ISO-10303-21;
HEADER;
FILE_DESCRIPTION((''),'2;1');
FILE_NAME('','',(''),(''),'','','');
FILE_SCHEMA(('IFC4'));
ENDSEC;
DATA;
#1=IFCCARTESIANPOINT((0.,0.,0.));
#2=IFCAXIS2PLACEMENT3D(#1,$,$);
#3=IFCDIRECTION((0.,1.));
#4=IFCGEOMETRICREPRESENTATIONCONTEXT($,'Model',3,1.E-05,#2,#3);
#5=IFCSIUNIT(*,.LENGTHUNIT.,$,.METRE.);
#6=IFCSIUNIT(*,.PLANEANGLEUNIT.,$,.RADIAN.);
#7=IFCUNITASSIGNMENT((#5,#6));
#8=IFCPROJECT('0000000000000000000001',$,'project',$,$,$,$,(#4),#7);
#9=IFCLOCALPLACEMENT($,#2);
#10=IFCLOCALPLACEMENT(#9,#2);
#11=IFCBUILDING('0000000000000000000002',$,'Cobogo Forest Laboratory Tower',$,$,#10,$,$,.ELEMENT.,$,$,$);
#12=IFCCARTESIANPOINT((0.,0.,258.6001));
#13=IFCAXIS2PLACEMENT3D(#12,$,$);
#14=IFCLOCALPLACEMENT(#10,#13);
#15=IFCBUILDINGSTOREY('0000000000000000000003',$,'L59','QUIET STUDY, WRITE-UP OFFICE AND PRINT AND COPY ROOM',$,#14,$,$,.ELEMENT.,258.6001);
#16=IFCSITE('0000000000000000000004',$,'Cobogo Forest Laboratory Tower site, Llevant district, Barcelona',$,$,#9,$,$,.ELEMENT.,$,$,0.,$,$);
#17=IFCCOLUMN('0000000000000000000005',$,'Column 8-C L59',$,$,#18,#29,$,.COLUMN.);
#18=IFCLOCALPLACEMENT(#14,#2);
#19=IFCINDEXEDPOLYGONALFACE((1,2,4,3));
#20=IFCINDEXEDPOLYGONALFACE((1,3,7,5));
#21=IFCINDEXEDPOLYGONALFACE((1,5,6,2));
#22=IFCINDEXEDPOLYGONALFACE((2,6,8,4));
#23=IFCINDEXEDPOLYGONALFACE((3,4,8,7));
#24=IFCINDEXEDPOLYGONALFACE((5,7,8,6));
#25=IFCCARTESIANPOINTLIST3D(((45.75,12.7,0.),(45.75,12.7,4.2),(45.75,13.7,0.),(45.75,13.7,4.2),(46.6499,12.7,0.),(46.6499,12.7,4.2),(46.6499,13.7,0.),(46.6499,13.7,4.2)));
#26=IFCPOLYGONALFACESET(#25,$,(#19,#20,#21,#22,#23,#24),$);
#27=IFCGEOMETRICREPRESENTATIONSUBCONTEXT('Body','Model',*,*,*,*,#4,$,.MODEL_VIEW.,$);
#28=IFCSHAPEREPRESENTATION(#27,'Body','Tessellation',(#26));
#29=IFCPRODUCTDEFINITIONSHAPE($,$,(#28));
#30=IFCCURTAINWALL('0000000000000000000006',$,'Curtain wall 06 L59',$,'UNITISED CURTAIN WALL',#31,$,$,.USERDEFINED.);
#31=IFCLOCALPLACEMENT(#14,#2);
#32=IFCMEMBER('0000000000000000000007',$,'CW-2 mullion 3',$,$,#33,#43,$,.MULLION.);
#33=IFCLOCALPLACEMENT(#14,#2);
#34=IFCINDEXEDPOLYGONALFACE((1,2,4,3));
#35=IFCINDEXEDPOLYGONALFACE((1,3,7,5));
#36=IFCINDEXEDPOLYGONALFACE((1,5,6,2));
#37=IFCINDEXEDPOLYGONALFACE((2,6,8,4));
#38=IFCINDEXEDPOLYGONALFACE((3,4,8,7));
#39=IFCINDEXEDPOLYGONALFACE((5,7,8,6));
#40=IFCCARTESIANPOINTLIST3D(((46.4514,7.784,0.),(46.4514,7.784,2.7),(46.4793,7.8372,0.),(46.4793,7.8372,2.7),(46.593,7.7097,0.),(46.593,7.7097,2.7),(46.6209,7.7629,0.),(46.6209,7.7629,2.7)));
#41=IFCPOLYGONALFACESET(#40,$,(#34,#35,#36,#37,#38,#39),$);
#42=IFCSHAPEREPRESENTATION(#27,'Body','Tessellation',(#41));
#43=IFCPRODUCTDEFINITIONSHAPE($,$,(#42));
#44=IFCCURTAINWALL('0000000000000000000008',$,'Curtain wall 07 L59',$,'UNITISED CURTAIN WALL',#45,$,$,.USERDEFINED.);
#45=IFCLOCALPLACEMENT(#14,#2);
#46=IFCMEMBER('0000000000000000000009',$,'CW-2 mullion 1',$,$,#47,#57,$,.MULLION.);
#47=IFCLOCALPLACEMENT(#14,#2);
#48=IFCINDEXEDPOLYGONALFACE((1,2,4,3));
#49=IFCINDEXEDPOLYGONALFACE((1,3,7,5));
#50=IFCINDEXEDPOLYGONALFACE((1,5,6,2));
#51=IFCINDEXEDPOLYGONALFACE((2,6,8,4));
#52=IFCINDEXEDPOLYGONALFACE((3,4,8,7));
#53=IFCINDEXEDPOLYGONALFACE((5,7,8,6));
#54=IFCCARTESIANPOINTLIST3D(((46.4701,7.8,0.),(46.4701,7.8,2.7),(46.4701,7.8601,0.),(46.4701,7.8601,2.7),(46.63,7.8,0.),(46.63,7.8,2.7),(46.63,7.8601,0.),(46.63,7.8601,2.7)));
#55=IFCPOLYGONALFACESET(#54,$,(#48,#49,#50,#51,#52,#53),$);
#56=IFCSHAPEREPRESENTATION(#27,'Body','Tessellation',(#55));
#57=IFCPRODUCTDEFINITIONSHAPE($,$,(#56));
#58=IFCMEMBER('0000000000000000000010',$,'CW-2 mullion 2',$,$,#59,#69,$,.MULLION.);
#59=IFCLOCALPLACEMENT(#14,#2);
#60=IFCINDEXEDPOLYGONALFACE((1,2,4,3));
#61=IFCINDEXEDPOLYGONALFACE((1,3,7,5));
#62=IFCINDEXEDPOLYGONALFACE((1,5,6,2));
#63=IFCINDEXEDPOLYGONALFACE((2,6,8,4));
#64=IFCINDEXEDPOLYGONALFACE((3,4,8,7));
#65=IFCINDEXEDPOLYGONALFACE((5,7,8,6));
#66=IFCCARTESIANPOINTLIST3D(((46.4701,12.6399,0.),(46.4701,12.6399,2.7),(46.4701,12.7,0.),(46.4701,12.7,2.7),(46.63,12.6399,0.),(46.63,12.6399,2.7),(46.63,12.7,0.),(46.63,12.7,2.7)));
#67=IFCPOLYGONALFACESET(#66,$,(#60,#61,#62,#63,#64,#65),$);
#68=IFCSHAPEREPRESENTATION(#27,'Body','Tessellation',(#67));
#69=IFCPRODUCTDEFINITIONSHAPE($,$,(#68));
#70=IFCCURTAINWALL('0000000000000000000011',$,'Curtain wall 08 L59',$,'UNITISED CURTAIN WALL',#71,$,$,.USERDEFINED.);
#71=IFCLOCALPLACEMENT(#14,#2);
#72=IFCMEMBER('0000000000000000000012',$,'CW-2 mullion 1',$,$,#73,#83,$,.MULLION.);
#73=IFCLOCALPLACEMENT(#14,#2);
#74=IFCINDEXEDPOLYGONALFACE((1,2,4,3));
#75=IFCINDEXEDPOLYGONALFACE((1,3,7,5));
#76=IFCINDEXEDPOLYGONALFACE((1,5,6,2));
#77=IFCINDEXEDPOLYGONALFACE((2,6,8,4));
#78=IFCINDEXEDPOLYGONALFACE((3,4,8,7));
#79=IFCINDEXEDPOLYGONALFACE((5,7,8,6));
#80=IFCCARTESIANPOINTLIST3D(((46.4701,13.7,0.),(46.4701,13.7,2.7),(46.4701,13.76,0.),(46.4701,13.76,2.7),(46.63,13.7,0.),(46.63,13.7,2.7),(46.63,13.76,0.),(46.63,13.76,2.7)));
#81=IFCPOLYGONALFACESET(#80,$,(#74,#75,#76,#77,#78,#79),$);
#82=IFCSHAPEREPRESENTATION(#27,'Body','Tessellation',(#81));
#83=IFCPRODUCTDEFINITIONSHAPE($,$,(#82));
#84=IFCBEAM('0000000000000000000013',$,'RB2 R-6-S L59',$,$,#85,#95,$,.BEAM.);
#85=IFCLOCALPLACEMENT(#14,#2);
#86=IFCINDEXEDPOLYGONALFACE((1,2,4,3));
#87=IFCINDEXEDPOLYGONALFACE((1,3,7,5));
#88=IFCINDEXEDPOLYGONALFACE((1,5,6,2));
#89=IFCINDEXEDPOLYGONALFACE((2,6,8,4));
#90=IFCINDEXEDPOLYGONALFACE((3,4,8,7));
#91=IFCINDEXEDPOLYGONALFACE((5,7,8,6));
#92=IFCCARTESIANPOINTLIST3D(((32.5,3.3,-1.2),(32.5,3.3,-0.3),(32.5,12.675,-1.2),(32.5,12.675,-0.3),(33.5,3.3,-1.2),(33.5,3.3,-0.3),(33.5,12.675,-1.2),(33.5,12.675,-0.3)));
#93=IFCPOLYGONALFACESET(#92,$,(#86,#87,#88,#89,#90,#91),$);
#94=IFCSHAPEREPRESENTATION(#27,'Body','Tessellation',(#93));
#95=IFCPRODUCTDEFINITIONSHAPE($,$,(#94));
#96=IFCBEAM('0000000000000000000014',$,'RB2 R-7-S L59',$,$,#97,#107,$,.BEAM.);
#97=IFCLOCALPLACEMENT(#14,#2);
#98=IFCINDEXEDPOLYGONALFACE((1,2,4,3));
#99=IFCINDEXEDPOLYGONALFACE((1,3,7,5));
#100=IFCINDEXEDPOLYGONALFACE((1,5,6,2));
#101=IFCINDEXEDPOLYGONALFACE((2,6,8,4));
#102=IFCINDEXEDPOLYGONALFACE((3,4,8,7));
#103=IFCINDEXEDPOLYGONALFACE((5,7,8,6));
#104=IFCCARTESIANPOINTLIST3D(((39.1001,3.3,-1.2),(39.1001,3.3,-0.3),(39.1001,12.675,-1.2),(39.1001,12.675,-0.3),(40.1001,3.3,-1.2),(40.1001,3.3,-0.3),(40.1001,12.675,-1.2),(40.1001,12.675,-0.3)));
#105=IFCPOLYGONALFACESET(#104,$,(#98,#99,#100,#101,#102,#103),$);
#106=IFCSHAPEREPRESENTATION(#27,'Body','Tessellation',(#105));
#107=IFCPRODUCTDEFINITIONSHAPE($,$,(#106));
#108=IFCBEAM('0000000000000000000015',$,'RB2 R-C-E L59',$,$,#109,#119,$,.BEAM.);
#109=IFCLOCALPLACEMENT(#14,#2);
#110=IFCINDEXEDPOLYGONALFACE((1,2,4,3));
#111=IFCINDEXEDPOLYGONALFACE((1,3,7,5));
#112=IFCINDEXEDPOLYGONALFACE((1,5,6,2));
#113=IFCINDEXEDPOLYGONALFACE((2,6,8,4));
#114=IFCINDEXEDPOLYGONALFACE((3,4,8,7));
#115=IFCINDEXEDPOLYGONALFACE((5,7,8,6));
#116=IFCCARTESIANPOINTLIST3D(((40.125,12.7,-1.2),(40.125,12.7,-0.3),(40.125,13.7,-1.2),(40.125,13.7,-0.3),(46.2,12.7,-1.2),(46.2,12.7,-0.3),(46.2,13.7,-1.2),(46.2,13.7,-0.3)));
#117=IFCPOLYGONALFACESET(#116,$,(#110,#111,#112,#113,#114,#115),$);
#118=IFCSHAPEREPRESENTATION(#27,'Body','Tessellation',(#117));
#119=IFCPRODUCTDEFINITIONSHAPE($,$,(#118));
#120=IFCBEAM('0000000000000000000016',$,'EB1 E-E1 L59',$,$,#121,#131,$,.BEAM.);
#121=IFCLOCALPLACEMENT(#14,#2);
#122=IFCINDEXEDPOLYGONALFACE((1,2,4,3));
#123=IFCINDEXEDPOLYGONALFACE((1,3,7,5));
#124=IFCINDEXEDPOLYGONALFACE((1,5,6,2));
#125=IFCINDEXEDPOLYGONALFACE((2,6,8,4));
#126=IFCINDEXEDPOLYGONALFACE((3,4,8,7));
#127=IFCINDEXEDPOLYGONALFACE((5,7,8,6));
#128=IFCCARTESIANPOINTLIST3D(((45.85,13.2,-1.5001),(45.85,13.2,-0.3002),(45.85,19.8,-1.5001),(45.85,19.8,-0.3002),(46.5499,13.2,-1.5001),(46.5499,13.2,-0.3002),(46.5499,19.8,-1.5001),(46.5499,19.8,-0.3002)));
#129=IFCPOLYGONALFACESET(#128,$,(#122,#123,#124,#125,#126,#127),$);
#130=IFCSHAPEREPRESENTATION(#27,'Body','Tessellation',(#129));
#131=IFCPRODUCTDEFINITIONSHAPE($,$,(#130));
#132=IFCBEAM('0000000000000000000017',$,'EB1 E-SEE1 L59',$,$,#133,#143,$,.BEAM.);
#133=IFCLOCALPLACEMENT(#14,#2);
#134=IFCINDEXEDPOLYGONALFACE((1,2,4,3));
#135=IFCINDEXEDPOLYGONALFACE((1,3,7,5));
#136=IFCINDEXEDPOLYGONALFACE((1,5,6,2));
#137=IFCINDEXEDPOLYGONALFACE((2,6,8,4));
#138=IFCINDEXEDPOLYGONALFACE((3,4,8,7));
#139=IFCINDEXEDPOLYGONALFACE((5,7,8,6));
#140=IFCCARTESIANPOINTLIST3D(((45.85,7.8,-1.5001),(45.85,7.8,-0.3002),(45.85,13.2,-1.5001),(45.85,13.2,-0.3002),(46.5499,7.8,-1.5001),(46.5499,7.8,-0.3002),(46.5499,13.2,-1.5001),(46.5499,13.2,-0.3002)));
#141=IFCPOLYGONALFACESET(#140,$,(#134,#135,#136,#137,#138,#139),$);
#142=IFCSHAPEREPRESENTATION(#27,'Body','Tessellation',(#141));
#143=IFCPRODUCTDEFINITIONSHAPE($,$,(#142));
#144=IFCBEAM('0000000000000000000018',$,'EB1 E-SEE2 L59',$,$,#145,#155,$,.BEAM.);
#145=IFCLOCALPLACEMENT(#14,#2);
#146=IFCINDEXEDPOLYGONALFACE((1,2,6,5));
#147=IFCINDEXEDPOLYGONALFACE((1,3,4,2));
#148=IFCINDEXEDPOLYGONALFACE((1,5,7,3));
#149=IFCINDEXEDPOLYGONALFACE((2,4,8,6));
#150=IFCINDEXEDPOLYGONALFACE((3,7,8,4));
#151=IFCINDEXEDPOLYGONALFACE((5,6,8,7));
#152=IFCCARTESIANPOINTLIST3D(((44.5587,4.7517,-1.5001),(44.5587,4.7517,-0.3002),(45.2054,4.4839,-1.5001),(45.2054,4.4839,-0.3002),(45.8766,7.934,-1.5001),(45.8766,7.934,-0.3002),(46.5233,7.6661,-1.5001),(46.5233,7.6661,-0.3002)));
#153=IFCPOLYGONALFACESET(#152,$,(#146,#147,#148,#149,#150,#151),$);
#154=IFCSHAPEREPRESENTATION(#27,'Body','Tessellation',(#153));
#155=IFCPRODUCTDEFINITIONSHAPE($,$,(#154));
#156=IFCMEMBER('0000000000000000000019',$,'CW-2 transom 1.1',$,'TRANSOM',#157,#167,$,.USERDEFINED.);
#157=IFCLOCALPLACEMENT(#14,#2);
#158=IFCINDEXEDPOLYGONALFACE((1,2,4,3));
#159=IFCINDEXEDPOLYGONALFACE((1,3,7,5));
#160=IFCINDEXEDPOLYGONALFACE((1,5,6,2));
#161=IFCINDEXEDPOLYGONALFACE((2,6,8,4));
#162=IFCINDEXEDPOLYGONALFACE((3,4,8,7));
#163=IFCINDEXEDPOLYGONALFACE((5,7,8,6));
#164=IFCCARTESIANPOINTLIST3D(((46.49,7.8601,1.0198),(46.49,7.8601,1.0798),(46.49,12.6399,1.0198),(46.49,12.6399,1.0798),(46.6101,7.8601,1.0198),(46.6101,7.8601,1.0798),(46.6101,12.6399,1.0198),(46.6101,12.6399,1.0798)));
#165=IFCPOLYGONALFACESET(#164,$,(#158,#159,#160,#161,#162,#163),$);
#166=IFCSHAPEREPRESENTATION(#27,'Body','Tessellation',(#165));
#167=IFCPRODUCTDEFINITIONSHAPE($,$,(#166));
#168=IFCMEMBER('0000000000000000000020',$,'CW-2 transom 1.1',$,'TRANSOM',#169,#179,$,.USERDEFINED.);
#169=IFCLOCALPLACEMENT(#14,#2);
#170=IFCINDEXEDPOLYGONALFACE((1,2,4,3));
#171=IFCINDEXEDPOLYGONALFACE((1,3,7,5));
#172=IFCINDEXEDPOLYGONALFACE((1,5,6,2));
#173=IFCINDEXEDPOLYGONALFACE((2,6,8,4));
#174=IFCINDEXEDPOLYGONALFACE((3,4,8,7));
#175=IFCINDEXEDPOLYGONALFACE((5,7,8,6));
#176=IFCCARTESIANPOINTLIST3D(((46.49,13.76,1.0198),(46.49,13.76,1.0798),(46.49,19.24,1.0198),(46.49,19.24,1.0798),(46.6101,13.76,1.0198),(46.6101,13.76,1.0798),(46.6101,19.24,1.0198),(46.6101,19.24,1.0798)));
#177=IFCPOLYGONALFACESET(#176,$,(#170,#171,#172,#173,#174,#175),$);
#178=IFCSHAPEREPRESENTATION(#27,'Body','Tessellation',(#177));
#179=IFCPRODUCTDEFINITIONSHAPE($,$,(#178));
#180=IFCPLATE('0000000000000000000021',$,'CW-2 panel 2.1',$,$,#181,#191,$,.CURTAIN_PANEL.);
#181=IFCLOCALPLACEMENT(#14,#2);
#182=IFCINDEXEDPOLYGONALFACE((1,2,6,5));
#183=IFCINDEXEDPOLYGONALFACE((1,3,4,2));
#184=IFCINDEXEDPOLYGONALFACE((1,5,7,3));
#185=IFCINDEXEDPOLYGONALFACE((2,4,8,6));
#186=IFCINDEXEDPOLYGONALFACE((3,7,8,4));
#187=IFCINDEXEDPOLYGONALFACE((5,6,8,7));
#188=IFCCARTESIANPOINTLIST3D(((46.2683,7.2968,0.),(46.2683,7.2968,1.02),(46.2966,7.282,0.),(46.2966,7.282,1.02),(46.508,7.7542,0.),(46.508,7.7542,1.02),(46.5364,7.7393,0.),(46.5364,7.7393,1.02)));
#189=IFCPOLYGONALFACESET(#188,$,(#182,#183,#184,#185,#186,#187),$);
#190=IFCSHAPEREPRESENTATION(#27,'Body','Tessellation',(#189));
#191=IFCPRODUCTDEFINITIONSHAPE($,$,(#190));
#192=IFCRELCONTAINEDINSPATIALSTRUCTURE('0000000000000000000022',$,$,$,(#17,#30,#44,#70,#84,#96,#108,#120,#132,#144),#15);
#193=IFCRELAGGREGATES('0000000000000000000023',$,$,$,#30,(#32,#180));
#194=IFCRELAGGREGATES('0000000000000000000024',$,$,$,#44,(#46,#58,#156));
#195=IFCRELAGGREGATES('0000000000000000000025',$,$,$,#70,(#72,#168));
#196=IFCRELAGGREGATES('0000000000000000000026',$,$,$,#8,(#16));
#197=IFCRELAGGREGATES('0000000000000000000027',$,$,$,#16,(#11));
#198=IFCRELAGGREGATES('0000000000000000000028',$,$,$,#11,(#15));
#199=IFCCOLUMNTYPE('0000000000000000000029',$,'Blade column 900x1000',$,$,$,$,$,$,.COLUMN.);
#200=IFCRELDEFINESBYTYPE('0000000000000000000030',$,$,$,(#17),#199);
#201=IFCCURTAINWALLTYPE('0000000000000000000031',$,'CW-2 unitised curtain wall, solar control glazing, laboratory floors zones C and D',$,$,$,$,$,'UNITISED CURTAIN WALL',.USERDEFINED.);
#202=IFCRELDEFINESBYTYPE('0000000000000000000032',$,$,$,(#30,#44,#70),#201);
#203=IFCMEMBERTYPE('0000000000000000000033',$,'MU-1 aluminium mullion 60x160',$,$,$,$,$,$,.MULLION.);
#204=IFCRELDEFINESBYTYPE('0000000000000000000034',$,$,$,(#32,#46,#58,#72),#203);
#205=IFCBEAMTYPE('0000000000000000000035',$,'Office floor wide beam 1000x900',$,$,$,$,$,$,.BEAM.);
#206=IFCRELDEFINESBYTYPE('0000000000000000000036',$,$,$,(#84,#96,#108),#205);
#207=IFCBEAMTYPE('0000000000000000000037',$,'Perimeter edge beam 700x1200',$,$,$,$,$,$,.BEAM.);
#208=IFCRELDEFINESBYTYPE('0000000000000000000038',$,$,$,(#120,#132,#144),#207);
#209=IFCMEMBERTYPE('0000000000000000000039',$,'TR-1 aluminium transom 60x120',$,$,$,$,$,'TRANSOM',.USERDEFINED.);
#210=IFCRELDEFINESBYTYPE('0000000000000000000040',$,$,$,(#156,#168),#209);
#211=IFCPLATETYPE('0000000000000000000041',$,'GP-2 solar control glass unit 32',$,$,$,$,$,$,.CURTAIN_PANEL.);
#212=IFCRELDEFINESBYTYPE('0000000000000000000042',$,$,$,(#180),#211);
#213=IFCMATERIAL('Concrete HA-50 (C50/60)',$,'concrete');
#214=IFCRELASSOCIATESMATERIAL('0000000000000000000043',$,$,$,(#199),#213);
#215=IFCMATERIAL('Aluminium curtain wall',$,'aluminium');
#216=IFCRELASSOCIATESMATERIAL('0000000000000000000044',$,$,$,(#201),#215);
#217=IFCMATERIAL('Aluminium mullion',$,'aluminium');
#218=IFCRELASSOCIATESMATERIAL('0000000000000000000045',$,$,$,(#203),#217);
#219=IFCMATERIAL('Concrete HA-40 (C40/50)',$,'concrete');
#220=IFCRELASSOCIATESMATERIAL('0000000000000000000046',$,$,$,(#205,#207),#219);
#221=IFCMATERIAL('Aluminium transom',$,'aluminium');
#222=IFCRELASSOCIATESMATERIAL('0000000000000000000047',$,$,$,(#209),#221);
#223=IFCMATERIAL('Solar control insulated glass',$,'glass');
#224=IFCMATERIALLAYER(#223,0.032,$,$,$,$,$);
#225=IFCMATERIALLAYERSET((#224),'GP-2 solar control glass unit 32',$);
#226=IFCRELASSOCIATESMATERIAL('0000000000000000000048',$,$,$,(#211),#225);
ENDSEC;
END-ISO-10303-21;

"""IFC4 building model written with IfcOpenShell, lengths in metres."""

from ifc_helpers import new_model, si_unit, direction, frame, origin, origin_2d, place, context, subcontext, project, spatial, rectangle, extrude, material, layer, layer_set, material_profile, profile_set, type_object, element, aggregate, save


model = new_model("IFC4")

# Units and contexts
model_context = context("Model", 3, precision=1e-05, world=origin(), true_north=direction((0.0, 1.0)))
body_context = subcontext(model_context, "Body", "Model", "MODEL_VIEW")
ifc_project = project(units=[si_unit("LENGTHUNIT", "METRE"), si_unit("PLANEANGLEUNIT", "RADIAN")], contexts=[model_context])

# Site, building, storey
site_placement = place(None, origin())
site = spatial("IfcSite", under=ifc_project, at=site_placement, Name="Cobogo Forest Laboratory Tower site, Llevant district, Barcelona", CompositionType="ELEMENT", RefElevation=0.0)
building_placement = place(site_placement, origin())
building = spatial("IfcBuilding", under=site, at=building_placement, Name="Cobogo Forest Laboratory Tower", CompositionType="ELEMENT")
storey_placement = place(building_placement, frame((0.0, 0.0, 258.6001)))
storey = spatial("IfcBuildingStorey", under=building, at=storey_placement, Name="L59", Description="QUIET STUDY, WRITE-UP OFFICE AND PRINT AND COPY ROOM", CompositionType="ELEMENT", Elevation=258.6001)

# Column
ifc_material_1 = material(Name="Concrete HA-50 (C50/60)", Category="concrete")
ifc_material_profile_1 = material_profile(ifc_material_1, rectangle(XDim=1.0, YDim=0.8999, at=origin_2d()), Name="RC 900x1000")
ifc_profile_set_1 = profile_set([ifc_material_profile_1], Name="Concrete HA-50 (C50/60)")
column_type = type_object("IfcColumnType", Name="Blade column 900x1000", PredefinedType="COLUMN", material=ifc_profile_set_1)
column_placement = place(storey_placement, frame((46.2, 13.2, 0.0), z_axis=(0.0, 0.0, 1.0), x_axis=(0.0, 1.0, 0.0)))
element("IfcColumn", 1, at=column_placement, inside=storey, type_object=column_type, Name="Column 8-C L59", PredefinedType="COLUMN", context=body_context, shape_type="SweptSolid", body=[
    extrude(rectangle(XDim=1.0, YDim=0.8999, at=origin_2d()), origin(), (0.0, 0.0, 1.0), 4.2),
])

# Curtain wall, member
ifc_material_2 = material(Name="Aluminium curtain wall", Category="aluminium")
curtain_wall_type = type_object("IfcCurtainWallType", Name="CW-2 unitised curtain wall, solar control glazing, laboratory floors zones C and D", ElementType="UNITISED CURTAIN WALL", PredefinedType="USERDEFINED", material=ifc_material_2)
curtain_wall_1_placement = place(storey_placement, origin())
curtain_wall_1 = element("IfcCurtainWall", 2, at=curtain_wall_1_placement, inside=storey, type_object=curtain_wall_type, Name="Curtain wall 06 L59", ObjectType="UNITISED CURTAIN WALL", PredefinedType="USERDEFINED")
ifc_material_3 = material(Name="Aluminium mullion", Category="aluminium")
ifc_material_profile_2 = material_profile(ifc_material_3, rectangle(XDim=0.0601, YDim=0.1599, at=origin_2d()), Name="AL 60x160")
ifc_profile_set_2 = profile_set([ifc_material_profile_2], Name="Aluminium mullion")
member_type_1 = type_object("IfcMemberType", Name="MU-1 aluminium mullion 60x160", PredefinedType="MULLION", material=ifc_profile_set_2)
member_1_placement = place(storey_placement, frame((46.5361, 7.7734, 0.0), z_axis=(0.0, 0.0, 1.0), x_axis=(0.464284, 0.885686, 0.0)))
member_1 = element("IfcMember", 3, at=member_1_placement, type_object=member_type_1, Name="CW-2 mullion 3", PredefinedType="MULLION", context=body_context, shape_type="SweptSolid", body=[
    extrude(rectangle(XDim=0.0601, YDim=0.1599, at=origin_2d()), origin(), (0.0, 0.0, 1.0), 2.7),
])

# Curtain wall, members
curtain_wall_2_placement = place(storey_placement, origin())
curtain_wall_2 = element("IfcCurtainWall", 4, at=curtain_wall_2_placement, inside=storey, type_object=curtain_wall_type, Name="Curtain wall 07 L59", ObjectType="UNITISED CURTAIN WALL", PredefinedType="USERDEFINED")
member_2_placement = place(storey_placement, frame((46.55, 7.8301, 0.0), z_axis=(0.0, 0.0, 1.0), x_axis=(0.0, 1.0, 0.0)))
member_2 = element("IfcMember", 5, at=member_2_placement, type_object=member_type_1, Name="CW-2 mullion 1", PredefinedType="MULLION", context=body_context, shape_type="SweptSolid", body=[
    extrude(rectangle(XDim=0.0601, YDim=0.1599, at=origin_2d()), origin(), (0.0, 0.0, 1.0), 2.7),
])
member_3_placement = place(storey_placement, frame((46.55, 12.6699, 0.0), z_axis=(0.0, 0.0, 1.0), x_axis=(0.0, 1.0, 0.0)))
member_3 = element("IfcMember", 6, at=member_3_placement, type_object=member_type_1, Name="CW-2 mullion 2", PredefinedType="MULLION", context=body_context, shape_type="SweptSolid", body=[
    extrude(rectangle(XDim=0.0601, YDim=0.1599, at=origin_2d()), origin(), (0.0, 0.0, 1.0), 2.7),
])

# Curtain wall, member
curtain_wall_3_placement = place(storey_placement, origin())
curtain_wall_3 = element("IfcCurtainWall", 7, at=curtain_wall_3_placement, inside=storey, type_object=curtain_wall_type, Name="Curtain wall 08 L59", ObjectType="UNITISED CURTAIN WALL", PredefinedType="USERDEFINED")
member_4_placement = place(storey_placement, frame((46.55, 13.73, 0.0), z_axis=(0.0, 0.0, 1.0), x_axis=(0.0, 1.0, 0.0)))
member_4 = element("IfcMember", 8, at=member_4_placement, type_object=member_type_1, Name="CW-2 mullion 1", PredefinedType="MULLION", context=body_context, shape_type="SweptSolid", body=[
    extrude(rectangle(XDim=0.0601, YDim=0.1599, at=origin_2d()), origin(), (0.0, 0.0, 1.0), 2.7),
])

# Beams
ifc_material_4 = material(Name="Concrete HA-40 (C40/50)", Category="concrete")
ifc_material_profile_3 = material_profile(ifc_material_4, rectangle(XDim=1.0, YDim=0.8999, at=origin_2d()), Name="RC 1000x900")
ifc_profile_set_3 = profile_set([ifc_material_profile_3], Name="Concrete HA-40 (C40/50)")
beam_type_1 = type_object("IfcBeamType", Name="Office floor wide beam 1000x900", PredefinedType="BEAM", material=ifc_profile_set_3)
for number, where, z_axis, x_axis, name in (
    (9, (33.0, 12.675, -0.75), (0.0, -1.0, 0.0), (1.0, 0.0, 0.0), "RB2 R-6-S L59"),
    (10, (39.6001, 12.675, -0.75), (0.0, -1.0, 0.0), (1.0, 0.0, 0.0), "RB2 R-7-S L59"),
):
    element("IfcBeam", number, at=place(storey_placement, frame(where, z_axis=z_axis, x_axis=x_axis)), inside=storey, type_object=beam_type_1, Name=name, PredefinedType="BEAM", context=body_context, shape_type="SweptSolid", body=[
        extrude(rectangle(XDim=1.0, YDim=0.8999, at=origin_2d()), origin(), (0.0, 0.0, 1.0), 9.375),
    ])
beam_1_placement = place(storey_placement, frame((40.125, 13.2, -0.75), z_axis=(1.0, 0.0, 0.0), x_axis=(0.0, 1.0, 0.0)))
element("IfcBeam", 11, at=beam_1_placement, inside=storey, type_object=beam_type_1, Name="RB2 R-C-E L59", PredefinedType="BEAM", context=body_context, shape_type="SweptSolid", body=[
    extrude(rectangle(XDim=1.0, YDim=0.8999, at=origin_2d()), origin(), (0.0, 0.0, 1.0), 6.075),
])
ifc_material_profile_4 = material_profile(ifc_material_4, rectangle(XDim=0.7, YDim=1.2, at=origin_2d()), Name="RC 700x1200")
ifc_profile_set_4 = profile_set([ifc_material_profile_4], Name="Concrete HA-40 (C40/50)")
beam_type_2 = type_object("IfcBeamType", Name="Perimeter edge beam 700x1200", PredefinedType="BEAM", material=ifc_profile_set_4)
beam_2_placement = place(storey_placement, frame((46.2, 13.2, -0.9001), z_axis=(0.0, 1.0, 0.0), x_axis=(-1.0, 0.0, 0.0)))
element("IfcBeam", 12, at=beam_2_placement, inside=storey, type_object=beam_type_2, Name="EB1 E-E1 L59", PredefinedType="BEAM", context=body_context, shape_type="SweptSolid", body=[
    extrude(rectangle(XDim=0.7, YDim=1.2, at=origin_2d()), origin(), (0.0, 0.0, 1.0), 6.6001),
])
beam_3_placement = place(storey_placement, frame((46.2, 13.2, -0.9001), z_axis=(0.0, -1.0, 0.0), x_axis=(1.0, 0.0, 0.0)))
element("IfcBeam", 13, at=beam_3_placement, inside=storey, type_object=beam_type_2, Name="EB1 E-SEE1 L59", PredefinedType="BEAM", context=body_context, shape_type="SweptSolid", body=[
    extrude(rectangle(XDim=0.7, YDim=1.2, at=origin_2d()), origin(), (0.0, 0.0, 1.0), 5.3999),
])
beam_4_placement = place(storey_placement, frame((46.2, 7.8, -0.9001), z_axis=(-0.382631, -0.923901, 0.0), x_axis=(0.923901, -0.382631, 0.0)))
element("IfcBeam", 14, at=beam_4_placement, inside=storey, type_object=beam_type_2, Name="EB1 E-SEE2 L59", PredefinedType="BEAM", context=body_context, shape_type="SweptSolid", body=[
    extrude(rectangle(XDim=0.7, YDim=1.2, at=origin_2d()), origin(), (0.0, 0.0, 1.0), 3.4443),
])

# Members
ifc_material_5 = material(Name="Aluminium transom", Category="aluminium")
ifc_material_profile_5 = material_profile(ifc_material_5, rectangle(XDim=0.1201, YDim=0.0601, at=origin_2d()), Name="AL 60x120")
ifc_profile_set_5 = profile_set([ifc_material_profile_5], Name="Aluminium transom")
member_type_2 = type_object("IfcMemberType", Name="TR-1 aluminium transom 60x120", ElementType="TRANSOM", PredefinedType="USERDEFINED", material=ifc_profile_set_5)
member_5_placement = place(storey_placement, frame((46.55, 7.8601, 1.0498), z_axis=(0.0, 1.0, 0.0), x_axis=(-1.0, 0.0, 0.0)))
member_5 = element("IfcMember", 15, at=member_5_placement, type_object=member_type_2, Name="CW-2 transom 1.1", ObjectType="TRANSOM", PredefinedType="USERDEFINED", context=body_context, shape_type="SweptSolid", body=[
    extrude(rectangle(XDim=0.1201, YDim=0.0601, at=origin_2d()), origin(), (0.0, 0.0, 1.0), 4.7798),
])
member_6_placement = place(storey_placement, frame((46.55, 13.76, 1.0498), z_axis=(0.0, 1.0, 0.0), x_axis=(-1.0, 0.0, 0.0)))
member_6 = element("IfcMember", 16, at=member_6_placement, type_object=member_type_2, Name="CW-2 transom 1.1", ObjectType="TRANSOM", PredefinedType="USERDEFINED", context=body_context, shape_type="SweptSolid", body=[
    extrude(rectangle(XDim=0.1201, YDim=0.0601, at=origin_2d()), origin(), (0.0, 0.0, 1.0), 5.48),
])

# Plate
ifc_material_6 = material(Name="Solar control insulated glass", Category="glass")
ifc_layer_1 = layer(ifc_material_6, 0.032)
ifc_layer_set_1 = layer_set([ifc_layer_1], Name="GP-2 solar control glass unit 32")
plate_type_1 = type_object("IfcPlateType", Name="GP-2 solar control glass unit 32", PredefinedType="CURTAIN_PANEL", material=ifc_layer_set_1)
plate_1_placement = place(storey_placement, frame((46.4023, 7.5181, 0.0), z_axis=(0.0, 0.0, 1.0), x_axis=(0.464284, 0.885686, 0.0)))
plate_1 = element("IfcPlate", 17, at=plate_1_placement, type_object=plate_type_1, Name="CW-2 panel 2.1", PredefinedType="CURTAIN_PANEL", context=body_context, shape_type="SweptSolid", body=[
    extrude(rectangle(XDim=0.5164, YDim=0.032, at=origin_2d()), origin(), (0.0, 0.0, 1.0), 1.02),
])
aggregate(curtain_wall_1, [member_1, plate_1])
aggregate(curtain_wall_2, [member_2, member_3, member_5])
aggregate(curtain_wall_3, [member_4, member_6])

save(model, "model.ifc")
